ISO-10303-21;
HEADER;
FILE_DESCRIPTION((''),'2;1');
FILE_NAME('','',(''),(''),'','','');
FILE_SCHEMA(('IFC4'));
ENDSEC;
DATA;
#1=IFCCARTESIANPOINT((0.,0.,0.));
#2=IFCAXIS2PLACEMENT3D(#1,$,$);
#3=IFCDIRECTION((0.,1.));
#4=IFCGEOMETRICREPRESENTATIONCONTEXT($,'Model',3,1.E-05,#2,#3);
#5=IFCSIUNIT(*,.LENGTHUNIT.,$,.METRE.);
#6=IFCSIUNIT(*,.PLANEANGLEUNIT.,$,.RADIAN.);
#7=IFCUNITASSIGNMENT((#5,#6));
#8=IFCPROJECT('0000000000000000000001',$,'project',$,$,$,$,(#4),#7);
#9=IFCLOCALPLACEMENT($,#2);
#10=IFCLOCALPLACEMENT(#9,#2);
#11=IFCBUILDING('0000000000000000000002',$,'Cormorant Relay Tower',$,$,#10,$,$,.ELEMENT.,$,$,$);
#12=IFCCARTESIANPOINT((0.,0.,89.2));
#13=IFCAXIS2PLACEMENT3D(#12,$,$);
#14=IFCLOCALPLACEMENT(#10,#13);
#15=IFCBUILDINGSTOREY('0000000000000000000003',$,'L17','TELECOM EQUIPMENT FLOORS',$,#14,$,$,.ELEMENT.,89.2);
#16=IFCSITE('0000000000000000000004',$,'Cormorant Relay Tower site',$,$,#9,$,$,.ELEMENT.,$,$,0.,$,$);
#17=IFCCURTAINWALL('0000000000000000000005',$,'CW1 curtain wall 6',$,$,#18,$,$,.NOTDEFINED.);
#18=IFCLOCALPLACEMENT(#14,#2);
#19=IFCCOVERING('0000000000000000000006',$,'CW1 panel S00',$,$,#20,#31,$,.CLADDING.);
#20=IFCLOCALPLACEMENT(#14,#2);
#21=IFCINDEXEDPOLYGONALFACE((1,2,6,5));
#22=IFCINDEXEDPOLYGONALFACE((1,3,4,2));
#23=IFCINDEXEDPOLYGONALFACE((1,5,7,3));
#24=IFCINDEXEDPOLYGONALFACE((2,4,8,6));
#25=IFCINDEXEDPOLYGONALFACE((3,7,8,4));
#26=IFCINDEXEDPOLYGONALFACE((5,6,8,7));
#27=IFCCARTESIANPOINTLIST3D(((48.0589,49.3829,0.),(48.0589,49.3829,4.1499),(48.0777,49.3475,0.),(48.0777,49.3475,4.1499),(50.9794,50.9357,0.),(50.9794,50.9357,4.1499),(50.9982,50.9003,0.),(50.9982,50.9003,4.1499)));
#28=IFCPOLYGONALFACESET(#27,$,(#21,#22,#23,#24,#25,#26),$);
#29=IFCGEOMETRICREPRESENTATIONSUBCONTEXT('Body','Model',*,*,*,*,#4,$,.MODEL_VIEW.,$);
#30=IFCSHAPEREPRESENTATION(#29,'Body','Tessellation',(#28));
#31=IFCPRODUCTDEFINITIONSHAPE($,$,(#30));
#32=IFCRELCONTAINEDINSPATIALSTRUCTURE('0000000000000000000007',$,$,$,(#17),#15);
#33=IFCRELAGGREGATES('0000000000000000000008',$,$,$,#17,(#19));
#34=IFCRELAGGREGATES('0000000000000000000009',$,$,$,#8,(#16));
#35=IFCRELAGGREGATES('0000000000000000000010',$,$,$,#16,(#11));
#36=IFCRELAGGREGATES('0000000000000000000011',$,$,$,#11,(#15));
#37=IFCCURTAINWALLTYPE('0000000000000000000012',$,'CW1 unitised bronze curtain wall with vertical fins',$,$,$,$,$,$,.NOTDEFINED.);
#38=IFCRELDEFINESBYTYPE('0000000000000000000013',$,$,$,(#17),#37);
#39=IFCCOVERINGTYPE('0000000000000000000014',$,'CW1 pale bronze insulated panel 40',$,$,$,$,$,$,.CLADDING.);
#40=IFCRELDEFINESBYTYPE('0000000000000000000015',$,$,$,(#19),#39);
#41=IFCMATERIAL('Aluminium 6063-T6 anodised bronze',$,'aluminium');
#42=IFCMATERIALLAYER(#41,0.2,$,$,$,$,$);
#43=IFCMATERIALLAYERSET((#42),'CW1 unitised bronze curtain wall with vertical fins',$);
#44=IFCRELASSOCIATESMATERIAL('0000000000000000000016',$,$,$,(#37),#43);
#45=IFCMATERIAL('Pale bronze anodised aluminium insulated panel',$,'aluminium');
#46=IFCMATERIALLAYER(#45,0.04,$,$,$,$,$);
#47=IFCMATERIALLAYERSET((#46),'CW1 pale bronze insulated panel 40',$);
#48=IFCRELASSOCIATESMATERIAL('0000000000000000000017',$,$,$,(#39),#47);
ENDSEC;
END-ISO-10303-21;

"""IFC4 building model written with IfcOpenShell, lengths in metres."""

from ifc_helpers import new_model, si_unit, direction, frame, origin, origin_2d, place, context, subcontext, project, spatial, rectangle, extrude, material, layer, layer_set, type_object, element, aggregate, save


model = new_model("IFC4")

# Units and contexts
model_context = context("Model", 3, precision=1e-05, world=origin(), true_north=direction((0.0, 1.0)))
body_context = subcontext(model_context, "Body", "Model", "MODEL_VIEW")
ifc_project = project(units=[si_unit("LENGTHUNIT", "METRE"), si_unit("PLANEANGLEUNIT", "RADIAN")], contexts=[model_context])

# Site, building, storey
site_placement = place(None, origin())
site = spatial("IfcSite", under=ifc_project, at=site_placement, Name="Cormorant Relay Tower site", CompositionType="ELEMENT", RefElevation=0.0)
building_placement = place(site_placement, origin())
building = spatial("IfcBuilding", under=site, at=building_placement, Name="Cormorant Relay Tower", CompositionType="ELEMENT")
storey_placement = place(building_placement, frame((0.0, 0.0, 89.2)))
storey = spatial("IfcBuildingStorey", under=building, at=storey_placement, Name="L17", Description="TELECOM EQUIPMENT FLOORS", CompositionType="ELEMENT", Elevation=89.2)

# Shared definitions
ifc_material_1 = material(Name="Aluminium 6063-T6 anodised bronze", Category="aluminium")
ifc_layer_1 = layer(ifc_material_1, 0.2)
ifc_layer_set_1 = layer_set([ifc_layer_1], Name="CW1 unitised bronze curtain wall with vertical fins")
curtain_wall_type = type_object("IfcCurtainWallType", Name="CW1 unitised bronze curtain wall with vertical fins", PredefinedType="NOTDEFINED", material=ifc_layer_set_1)

# Curtain wall
curtain_wall_1_placement = place(storey_placement, origin())
curtain_wall_1 = element("IfcCurtainWall", 1, at=curtain_wall_1_placement, inside=storey, type_object=curtain_wall_type, Name="CW1 curtain wall 6", PredefinedType="NOTDEFINED")

# Covering
ifc_material_2 = material(Name="Pale bronze anodised aluminium insulated panel", Category="aluminium")
ifc_layer_2 = layer(ifc_material_2, 0.04)
ifc_layer_set_2 = layer_set([ifc_layer_2], Name="CW1 pale bronze insulated panel 40")
covering_type = type_object("IfcCoveringType", Name="CW1 pale bronze insulated panel 40", PredefinedType="CLADDING", material=ifc_layer_set_2)
covering_1_placement = place(storey_placement, frame((49.5286, 50.1416, 0.0), z_axis=(0.0, 0.0, 1.0), x_axis=(-0.882948, -0.469472, 0.0)))
covering_1 = element("IfcCovering", 2, at=covering_1_placement, type_object=covering_type, Name="CW1 panel S00", PredefinedType="CLADDING", context=body_context, shape_type="SweptSolid", body=[
    extrude(rectangle(XDim=3.3076, YDim=0.04, at=origin_2d()), origin(), (0.0, 0.0, 1.0), 4.1499),
])
aggregate(curtain_wall_1, [covering_1])

save(model, "model.ifc")
